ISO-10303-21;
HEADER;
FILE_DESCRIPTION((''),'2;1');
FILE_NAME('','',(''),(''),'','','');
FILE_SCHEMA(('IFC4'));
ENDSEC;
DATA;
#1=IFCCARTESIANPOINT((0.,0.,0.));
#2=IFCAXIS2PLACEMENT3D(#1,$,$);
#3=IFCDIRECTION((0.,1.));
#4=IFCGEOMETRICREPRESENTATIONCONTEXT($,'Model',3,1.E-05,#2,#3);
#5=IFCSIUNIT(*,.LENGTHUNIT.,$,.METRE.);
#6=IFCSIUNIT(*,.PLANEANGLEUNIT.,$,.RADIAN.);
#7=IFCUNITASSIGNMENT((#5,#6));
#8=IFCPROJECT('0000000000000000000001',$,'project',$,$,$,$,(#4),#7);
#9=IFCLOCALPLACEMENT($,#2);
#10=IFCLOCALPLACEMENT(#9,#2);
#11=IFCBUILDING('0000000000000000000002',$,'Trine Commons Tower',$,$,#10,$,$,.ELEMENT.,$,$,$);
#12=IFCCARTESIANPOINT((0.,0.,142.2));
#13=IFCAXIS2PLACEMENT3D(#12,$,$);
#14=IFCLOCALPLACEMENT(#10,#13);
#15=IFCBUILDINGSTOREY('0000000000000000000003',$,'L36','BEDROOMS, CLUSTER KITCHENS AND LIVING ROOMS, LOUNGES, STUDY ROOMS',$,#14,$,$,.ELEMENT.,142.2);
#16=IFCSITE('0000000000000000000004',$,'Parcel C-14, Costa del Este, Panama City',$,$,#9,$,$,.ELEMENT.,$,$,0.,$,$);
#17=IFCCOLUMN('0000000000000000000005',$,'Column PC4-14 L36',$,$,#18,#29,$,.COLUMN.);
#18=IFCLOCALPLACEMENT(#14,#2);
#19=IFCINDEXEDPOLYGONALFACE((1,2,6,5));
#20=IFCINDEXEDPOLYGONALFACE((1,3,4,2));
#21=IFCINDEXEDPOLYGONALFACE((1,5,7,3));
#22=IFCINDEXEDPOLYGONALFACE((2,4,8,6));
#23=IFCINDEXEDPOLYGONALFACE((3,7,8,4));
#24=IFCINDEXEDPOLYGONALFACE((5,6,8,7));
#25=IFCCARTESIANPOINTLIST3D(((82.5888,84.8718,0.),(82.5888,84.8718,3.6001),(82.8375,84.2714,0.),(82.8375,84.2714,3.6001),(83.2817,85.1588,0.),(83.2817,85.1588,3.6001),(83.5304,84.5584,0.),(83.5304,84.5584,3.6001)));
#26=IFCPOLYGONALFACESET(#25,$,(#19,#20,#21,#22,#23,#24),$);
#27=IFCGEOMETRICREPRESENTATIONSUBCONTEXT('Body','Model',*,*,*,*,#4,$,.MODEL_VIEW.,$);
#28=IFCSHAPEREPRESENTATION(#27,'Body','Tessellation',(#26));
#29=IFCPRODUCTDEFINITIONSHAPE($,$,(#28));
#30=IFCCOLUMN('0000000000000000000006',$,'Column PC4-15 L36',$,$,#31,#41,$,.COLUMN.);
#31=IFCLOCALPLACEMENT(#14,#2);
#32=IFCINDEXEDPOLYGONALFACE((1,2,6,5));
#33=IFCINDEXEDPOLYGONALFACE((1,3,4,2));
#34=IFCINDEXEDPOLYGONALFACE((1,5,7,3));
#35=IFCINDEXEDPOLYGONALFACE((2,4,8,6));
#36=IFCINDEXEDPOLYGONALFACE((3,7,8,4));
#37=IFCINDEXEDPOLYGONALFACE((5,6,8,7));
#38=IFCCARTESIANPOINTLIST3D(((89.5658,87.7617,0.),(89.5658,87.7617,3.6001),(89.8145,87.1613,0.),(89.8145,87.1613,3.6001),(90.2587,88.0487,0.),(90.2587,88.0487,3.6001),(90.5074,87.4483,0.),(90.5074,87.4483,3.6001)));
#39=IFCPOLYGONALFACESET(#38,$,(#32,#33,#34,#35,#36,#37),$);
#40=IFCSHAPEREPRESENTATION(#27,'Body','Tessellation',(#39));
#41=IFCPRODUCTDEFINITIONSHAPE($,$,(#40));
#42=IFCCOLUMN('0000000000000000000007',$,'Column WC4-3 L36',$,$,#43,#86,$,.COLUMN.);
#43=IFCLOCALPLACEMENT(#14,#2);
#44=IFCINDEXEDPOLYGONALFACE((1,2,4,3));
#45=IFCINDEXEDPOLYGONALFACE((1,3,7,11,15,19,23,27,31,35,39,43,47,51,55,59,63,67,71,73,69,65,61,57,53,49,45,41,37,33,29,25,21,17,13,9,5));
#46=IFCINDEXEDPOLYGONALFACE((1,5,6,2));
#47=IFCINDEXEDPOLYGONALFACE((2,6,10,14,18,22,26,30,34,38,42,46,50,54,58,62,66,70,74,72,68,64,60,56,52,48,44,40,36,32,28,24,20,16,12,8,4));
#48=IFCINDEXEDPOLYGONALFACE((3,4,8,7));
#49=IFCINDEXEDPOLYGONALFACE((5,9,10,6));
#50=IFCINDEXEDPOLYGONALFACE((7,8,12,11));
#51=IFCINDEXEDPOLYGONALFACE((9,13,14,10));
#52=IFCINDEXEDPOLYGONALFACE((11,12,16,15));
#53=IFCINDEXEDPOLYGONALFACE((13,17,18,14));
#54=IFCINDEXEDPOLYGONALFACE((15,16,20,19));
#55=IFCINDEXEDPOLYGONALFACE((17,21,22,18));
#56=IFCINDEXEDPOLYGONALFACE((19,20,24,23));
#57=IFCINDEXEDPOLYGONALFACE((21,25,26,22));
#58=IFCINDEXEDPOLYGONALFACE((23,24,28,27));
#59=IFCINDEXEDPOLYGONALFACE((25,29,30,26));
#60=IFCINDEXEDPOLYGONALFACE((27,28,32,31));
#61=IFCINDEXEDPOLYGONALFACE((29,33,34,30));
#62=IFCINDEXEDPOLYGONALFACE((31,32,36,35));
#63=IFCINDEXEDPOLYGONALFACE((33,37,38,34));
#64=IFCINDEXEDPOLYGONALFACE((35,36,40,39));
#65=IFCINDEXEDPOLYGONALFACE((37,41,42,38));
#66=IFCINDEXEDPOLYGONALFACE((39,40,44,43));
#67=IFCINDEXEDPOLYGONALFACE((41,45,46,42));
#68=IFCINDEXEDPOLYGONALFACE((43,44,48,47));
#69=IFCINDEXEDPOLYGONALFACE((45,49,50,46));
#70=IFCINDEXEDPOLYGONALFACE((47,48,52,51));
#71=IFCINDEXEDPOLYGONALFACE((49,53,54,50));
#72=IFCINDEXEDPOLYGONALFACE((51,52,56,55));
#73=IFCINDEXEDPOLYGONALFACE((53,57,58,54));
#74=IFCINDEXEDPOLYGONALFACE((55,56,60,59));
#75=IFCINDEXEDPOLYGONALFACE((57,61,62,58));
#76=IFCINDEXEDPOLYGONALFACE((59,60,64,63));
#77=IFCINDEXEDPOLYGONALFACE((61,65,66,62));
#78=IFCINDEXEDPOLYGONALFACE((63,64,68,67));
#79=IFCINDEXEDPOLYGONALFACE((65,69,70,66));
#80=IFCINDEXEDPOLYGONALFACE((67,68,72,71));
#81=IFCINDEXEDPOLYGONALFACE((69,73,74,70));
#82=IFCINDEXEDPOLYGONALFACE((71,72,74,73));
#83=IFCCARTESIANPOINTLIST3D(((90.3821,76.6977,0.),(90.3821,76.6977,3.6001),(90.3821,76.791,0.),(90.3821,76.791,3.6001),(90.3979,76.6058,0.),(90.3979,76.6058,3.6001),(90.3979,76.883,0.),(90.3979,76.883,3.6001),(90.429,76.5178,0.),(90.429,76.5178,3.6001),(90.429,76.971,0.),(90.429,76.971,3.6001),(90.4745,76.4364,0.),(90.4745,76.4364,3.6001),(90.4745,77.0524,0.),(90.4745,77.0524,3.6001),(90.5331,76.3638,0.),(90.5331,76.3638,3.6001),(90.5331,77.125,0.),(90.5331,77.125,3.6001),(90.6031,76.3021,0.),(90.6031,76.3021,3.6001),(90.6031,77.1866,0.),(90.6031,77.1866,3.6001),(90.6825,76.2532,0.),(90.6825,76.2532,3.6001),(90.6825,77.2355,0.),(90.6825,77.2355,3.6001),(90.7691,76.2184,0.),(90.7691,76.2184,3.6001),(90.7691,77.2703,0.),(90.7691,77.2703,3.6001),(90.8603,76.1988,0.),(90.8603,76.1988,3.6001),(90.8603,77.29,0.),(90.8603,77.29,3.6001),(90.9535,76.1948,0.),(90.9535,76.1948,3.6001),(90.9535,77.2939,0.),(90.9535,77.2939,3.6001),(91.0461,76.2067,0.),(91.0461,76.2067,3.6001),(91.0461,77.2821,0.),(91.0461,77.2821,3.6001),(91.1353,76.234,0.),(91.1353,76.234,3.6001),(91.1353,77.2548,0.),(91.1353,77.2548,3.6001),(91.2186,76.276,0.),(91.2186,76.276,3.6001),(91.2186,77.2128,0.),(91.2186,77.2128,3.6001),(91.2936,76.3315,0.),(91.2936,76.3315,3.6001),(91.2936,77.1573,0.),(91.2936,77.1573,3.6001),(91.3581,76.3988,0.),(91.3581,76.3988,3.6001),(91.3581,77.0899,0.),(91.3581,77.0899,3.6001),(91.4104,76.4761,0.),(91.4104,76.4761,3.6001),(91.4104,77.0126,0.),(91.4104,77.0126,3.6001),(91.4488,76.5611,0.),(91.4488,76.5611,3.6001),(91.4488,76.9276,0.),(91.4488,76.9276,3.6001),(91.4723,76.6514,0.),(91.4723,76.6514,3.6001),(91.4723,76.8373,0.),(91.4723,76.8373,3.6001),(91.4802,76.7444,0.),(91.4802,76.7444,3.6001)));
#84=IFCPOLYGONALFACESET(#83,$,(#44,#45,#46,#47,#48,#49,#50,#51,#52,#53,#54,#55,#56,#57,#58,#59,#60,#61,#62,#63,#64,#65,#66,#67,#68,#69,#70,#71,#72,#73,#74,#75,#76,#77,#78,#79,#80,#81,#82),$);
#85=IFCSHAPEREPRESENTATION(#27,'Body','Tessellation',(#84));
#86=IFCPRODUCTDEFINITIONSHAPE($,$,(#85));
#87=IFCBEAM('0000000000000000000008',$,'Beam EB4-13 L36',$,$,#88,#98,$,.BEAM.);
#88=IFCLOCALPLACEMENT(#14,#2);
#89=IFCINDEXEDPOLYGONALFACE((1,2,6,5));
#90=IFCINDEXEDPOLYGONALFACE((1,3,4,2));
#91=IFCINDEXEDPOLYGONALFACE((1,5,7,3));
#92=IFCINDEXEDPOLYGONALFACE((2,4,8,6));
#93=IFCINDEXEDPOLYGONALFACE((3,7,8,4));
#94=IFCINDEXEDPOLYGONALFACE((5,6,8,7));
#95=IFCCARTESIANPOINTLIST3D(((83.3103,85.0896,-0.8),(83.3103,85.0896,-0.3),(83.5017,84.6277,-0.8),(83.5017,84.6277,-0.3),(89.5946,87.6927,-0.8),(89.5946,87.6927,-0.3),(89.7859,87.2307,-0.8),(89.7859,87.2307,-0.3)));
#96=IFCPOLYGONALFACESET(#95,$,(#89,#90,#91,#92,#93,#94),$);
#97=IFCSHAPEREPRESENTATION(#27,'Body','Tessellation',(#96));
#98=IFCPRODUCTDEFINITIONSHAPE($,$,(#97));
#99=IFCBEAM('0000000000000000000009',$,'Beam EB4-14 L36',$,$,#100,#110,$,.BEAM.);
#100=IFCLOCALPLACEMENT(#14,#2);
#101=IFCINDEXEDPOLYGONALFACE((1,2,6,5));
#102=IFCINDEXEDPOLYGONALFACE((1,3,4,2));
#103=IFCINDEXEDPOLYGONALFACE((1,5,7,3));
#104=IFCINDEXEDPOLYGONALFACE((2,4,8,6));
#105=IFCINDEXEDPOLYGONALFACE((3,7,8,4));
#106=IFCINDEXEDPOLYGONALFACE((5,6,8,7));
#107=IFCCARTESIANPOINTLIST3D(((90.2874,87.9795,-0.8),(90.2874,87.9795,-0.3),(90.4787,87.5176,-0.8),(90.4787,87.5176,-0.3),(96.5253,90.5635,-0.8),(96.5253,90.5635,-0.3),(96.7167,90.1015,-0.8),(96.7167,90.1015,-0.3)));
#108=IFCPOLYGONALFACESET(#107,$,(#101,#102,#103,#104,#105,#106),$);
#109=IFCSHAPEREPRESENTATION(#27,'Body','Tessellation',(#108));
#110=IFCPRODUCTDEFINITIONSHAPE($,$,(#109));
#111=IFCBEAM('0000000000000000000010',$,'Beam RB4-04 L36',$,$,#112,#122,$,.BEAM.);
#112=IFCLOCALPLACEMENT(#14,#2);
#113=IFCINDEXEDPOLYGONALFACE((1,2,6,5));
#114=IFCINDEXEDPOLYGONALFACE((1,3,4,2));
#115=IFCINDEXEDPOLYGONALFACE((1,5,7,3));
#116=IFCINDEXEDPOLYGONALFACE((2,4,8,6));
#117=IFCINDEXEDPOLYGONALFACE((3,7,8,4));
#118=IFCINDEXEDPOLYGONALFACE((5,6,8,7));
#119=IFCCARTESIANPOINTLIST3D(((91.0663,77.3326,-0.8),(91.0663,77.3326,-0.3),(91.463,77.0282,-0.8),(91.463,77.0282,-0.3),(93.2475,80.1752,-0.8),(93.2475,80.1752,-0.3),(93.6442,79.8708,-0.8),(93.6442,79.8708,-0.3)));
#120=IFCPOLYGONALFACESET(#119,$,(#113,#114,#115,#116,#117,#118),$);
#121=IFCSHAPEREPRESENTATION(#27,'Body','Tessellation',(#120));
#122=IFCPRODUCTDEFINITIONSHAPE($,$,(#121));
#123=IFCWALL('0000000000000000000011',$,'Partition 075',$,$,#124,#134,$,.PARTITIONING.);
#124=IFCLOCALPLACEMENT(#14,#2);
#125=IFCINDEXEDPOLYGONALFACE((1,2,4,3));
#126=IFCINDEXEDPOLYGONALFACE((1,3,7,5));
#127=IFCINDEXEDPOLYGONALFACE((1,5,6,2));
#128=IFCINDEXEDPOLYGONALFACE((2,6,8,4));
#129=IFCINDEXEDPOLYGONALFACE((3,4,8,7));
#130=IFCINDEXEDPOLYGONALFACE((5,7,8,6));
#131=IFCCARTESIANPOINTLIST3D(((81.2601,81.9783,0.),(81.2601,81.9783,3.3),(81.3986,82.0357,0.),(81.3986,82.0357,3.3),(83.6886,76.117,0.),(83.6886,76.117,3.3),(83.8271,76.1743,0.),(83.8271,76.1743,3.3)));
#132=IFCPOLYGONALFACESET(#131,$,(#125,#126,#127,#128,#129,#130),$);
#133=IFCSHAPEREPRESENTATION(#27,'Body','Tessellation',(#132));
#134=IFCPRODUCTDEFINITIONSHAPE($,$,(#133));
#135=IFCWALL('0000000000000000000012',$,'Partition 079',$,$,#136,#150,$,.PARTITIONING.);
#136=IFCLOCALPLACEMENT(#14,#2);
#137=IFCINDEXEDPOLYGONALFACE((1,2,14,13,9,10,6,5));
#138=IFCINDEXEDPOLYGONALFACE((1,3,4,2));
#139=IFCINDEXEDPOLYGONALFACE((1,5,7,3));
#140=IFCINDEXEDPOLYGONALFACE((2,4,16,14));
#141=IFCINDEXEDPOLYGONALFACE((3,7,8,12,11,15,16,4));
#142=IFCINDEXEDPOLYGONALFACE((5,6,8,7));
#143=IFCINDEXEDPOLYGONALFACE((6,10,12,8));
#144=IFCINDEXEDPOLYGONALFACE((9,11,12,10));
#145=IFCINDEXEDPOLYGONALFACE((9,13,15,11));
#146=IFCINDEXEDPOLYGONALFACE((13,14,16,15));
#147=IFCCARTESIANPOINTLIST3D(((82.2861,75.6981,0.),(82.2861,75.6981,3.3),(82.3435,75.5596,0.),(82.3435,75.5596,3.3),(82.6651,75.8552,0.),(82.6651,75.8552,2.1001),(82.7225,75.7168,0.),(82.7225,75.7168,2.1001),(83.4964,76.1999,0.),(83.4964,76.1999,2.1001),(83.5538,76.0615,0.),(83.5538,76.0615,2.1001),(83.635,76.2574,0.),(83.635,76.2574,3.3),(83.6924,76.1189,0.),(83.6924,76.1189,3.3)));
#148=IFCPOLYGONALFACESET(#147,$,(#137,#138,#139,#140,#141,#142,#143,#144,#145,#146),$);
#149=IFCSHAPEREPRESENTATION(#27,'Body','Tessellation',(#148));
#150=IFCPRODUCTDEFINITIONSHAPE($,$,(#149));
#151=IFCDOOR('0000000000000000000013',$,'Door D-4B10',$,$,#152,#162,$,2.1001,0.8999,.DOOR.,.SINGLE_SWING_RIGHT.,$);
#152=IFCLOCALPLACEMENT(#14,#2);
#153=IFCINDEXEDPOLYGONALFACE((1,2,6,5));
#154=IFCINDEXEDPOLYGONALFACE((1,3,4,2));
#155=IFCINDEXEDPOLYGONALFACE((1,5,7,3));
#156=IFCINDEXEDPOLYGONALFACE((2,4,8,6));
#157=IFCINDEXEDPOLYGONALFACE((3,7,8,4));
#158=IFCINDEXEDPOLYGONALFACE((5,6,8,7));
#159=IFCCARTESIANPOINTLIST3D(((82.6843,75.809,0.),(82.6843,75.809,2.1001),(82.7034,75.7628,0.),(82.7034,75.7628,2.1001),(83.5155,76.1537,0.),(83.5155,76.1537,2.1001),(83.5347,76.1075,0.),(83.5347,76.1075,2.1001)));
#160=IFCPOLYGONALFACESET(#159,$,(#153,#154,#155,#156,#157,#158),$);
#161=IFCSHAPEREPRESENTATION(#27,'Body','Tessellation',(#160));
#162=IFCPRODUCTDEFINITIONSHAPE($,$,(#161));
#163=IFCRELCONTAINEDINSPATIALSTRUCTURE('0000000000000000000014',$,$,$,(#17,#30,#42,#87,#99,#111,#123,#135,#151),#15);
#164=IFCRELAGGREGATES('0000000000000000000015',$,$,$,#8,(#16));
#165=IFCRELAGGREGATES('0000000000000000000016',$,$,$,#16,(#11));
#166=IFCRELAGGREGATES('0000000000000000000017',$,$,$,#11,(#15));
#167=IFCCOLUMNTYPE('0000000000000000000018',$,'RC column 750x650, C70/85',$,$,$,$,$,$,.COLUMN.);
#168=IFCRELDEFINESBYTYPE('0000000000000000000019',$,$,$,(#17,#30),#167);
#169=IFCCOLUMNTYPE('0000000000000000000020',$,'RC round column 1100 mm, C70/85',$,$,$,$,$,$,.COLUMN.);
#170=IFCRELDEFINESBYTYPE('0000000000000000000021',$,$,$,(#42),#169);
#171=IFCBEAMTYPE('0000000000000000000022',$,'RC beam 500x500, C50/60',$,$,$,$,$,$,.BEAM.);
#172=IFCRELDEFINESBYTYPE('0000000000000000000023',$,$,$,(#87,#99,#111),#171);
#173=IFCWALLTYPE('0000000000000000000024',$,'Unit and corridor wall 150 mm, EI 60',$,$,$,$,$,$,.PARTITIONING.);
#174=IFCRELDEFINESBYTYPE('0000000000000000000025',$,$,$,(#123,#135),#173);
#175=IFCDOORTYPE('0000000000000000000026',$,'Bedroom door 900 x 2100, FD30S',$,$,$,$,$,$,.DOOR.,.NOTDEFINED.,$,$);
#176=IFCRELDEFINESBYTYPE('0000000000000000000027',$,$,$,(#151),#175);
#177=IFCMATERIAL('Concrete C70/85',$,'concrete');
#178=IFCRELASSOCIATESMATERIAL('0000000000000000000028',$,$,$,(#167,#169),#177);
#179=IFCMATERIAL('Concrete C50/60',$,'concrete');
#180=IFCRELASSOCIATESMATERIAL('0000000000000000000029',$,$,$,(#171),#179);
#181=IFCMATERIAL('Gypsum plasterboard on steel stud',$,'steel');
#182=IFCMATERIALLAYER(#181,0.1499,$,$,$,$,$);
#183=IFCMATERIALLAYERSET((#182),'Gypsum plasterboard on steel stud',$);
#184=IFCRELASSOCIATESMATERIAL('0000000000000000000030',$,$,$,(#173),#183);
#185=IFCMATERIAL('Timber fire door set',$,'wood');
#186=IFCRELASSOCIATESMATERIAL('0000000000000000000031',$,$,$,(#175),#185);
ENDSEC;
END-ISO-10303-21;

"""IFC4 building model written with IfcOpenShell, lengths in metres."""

from ifc_helpers import new_model, si_unit, direction, frame, frame_2d, origin, origin_2d, place, context, subcontext, project, spatial, rectangle, circle, extrude, material, layer, layer_set, material_profile, profile_set, type_object, element, fill, save


model = new_model("IFC4")

# Units and contexts
model_context = context("Model", 3, precision=1e-05, world=origin(), true_north=direction((0.0, 1.0)))
body_context = subcontext(model_context, "Body", "Model", "MODEL_VIEW")
ifc_project = project(units=[si_unit("LENGTHUNIT", "METRE"), si_unit("PLANEANGLEUNIT", "RADIAN")], contexts=[model_context])

# Site, building, storey
site_placement = place(None, origin())
site = spatial("IfcSite", under=ifc_project, at=site_placement, Name="Parcel C-14, Costa del Este, Panama City", CompositionType="ELEMENT", RefElevation=0.0)
building_placement = place(site_placement, origin())
building = spatial("IfcBuilding", under=site, at=building_placement, Name="Trine Commons Tower", CompositionType="ELEMENT")
storey_placement = place(building_placement, frame((0.0, 0.0, 142.2)))
storey = spatial("IfcBuildingStorey", under=building, at=storey_placement, Name="L36", Description="BEDROOMS, CLUSTER KITCHENS AND LIVING ROOMS, LOUNGES, STUDY ROOMS", CompositionType="ELEMENT", Elevation=142.2)

# Columns
ifc_material_1 = material(Name="Concrete C70/85", Category="concrete")
ifc_material_profile_1 = material_profile(ifc_material_1, rectangle(XDim=0.75, YDim=0.6499, at=origin_2d()), Name="RC 750x650")
ifc_profile_set_1 = profile_set([ifc_material_profile_1], Name="Concrete C70/85")
column_type_1 = type_object("IfcColumnType", Name="RC column 750x650, C70/85", PredefinedType="COLUMN", material=ifc_profile_set_1)
for number, where, z_axis, x_axis, name in (
    (1, (83.0596, 84.7151, 0.0), (0.0, 0.0, 1.0), (0.92388, 0.382683, 0.0), "Column PC4-14 L36"),
    (2, (90.0366, 87.605, 0.0), (0.0, 0.0, 1.0), (0.92388, 0.382683, 0.0), "Column PC4-15 L36"),
):
    element("IfcColumn", number, at=place(storey_placement, frame(where, z_axis=z_axis, x_axis=x_axis)), inside=storey, type_object=column_type_1, Name=name, PredefinedType="COLUMN", context=body_context, shape_type="SweptSolid", body=[
        extrude(rectangle(XDim=0.75, YDim=0.6499, at=origin_2d()), origin(), (0.0, 0.0, 1.0), 3.6001),
    ])
ifc_material_profile_2 = material_profile(ifc_material_1, circle(Radius=0.55, at=origin_2d()), Name="RC round 1100")
ifc_profile_set_2 = profile_set([ifc_material_profile_2], Name="Concrete C70/85")
column_type_2 = type_object("IfcColumnType", Name="RC round column 1100 mm, C70/85", PredefinedType="COLUMN", material=ifc_profile_set_2)
column_placement = place(storey_placement, frame((90.9302, 76.7444, 0.0), z_axis=(0.0, 0.0, 1.0), x_axis=(1.0, 0.0, 0.0)))
element("IfcColumn", 3, at=column_placement, inside=storey, type_object=column_type_2, Name="Column WC4-3 L36", PredefinedType="COLUMN", context=body_context, shape_type="SweptSolid", body=[
    extrude(circle(Radius=0.55, at=origin_2d()), origin(), (0.0, 0.0, 1.0), 3.6001),
])

# Beams
ifc_material_2 = material(Name="Concrete C50/60", Category="concrete")
ifc_material_profile_3 = material_profile(ifc_material_2, rectangle(XDim=0.5, YDim=0.5, at=origin_2d()), Name="RC 500x500")
ifc_profile_set_3 = profile_set([ifc_material_profile_3], Name="Concrete C50/60")
beam_type = type_object("IfcBeamType", Name="RC beam 500x500, C50/60", PredefinedType="BEAM", material=ifc_profile_set_3)
beam_1_placement = place(storey_placement, frame((83.406, 84.8586, -0.55), z_axis=(0.923878, 0.382688, 0.0), x_axis=(-0.382688, 0.923878, 0.0)))
element("IfcBeam", 4, at=beam_1_placement, inside=storey, type_object=beam_type, Name="Beam EB4-13 L36", PredefinedType="BEAM", context=body_context, shape_type="SweptSolid", body=[
    extrude(rectangle(XDim=0.5, YDim=0.5, at=origin_2d()), origin(), (0.0, 0.0, 1.0), 6.802),
])
beam_2_placement = place(storey_placement, frame((90.3831, 87.7485, -0.55), z_axis=(0.923874, 0.382697, 0.0), x_axis=(-0.382697, 0.923874, 0.0)))
element("IfcBeam", 5, at=beam_2_placement, inside=storey, type_object=beam_type, Name="Beam EB4-14 L36", PredefinedType="BEAM", context=body_context, shape_type="SweptSolid", body=[
    extrude(rectangle(XDim=0.5, YDim=0.5, at=origin_2d()), origin(), (0.0, 0.0, 1.0), 6.752),
])
beam_3_placement = place(storey_placement, frame((91.2646, 77.1804, -0.55), z_axis=(0.608762, 0.793353, 0.0), x_axis=(-0.793353, 0.608762, 0.0)))
element("IfcBeam", 6, at=beam_3_placement, inside=storey, type_object=beam_type, Name="Beam RB4-04 L36", PredefinedType="BEAM", context=body_context, shape_type="SweptSolid", body=[
    extrude(rectangle(XDim=0.5, YDim=0.5, at=origin_2d()), origin(), (0.0, 0.0, 1.0), 3.583),
])

# Wall
ifc_material_3 = material(Name="Gypsum plasterboard on steel stud", Category="steel")
ifc_layer_1 = layer(ifc_material_3, 0.1499)
ifc_layer_set_1 = layer_set([ifc_layer_1], Name="Gypsum plasterboard on steel stud")
wall_type_1 = type_object("IfcWallType", Name="Unit and corridor wall 150 mm, EI 60", PredefinedType="PARTITIONING", material=ifc_layer_set_1)
wall_1_placement = place(storey_placement, frame((81.3293, 82.0071, 0.0), z_axis=(0.0, 0.0, 1.0), x_axis=(0.382768, -0.923845, 0.0)))
element("IfcWall", 7, at=wall_1_placement, inside=storey, type_object=wall_type_1, Name="Partition 075", PredefinedType="PARTITIONING", context=body_context, shape_type="SweptSolid", body=[
    extrude(rectangle(XDim=6.3445, YDim=0.1499, at=frame_2d((3.1724, 0.0))), origin(), (0.0, 0.0, 1.0), 3.3),
])

# Wall, opening, door
wall_2_placement = place(storey_placement, frame((82.3149, 75.6289, 0.0), z_axis=(0.0, 0.0, 1.0), x_axis=(0.923733, 0.383036, 0.0)))
wall_2 = element("IfcWall", 8, at=wall_2_placement, inside=storey, type_object=wall_type_1, Name="Partition 079", PredefinedType="PARTITIONING", context=body_context, shape_type="SweptSolid", body=[
    extrude(rectangle(XDim=1.4602, YDim=0.1499, at=frame_2d((0.73, 0.0))), origin(), (0.0, 0.0, 1.0), 3.3),
])
opening_1_placement = place(wall_2_placement, frame((0.4102, 0.0, 0.0)))
opening_1 = element("IfcOpeningElement", 9, at=opening_1_placement, cuts=wall_2, PredefinedType="OPENING", context=body_context, shape_type="SweptSolid", body=[
    extrude(rectangle(XDim=0.8999, YDim=2.1001, at=frame_2d((0.45, 1.05))), frame((0.0, 0.085, 0.0), z_axis=(0.0, -1.0, 0.0), x_axis=(1.0, 0.0, 0.0)), (0.0, 0.0, 1.0), 0.1699),
])
ifc_material_4 = material(Name="Timber fire door set", Category="wood")
door_type_1 = type_object("IfcDoorType", Name="Bedroom door 900 x 2100, FD30S", OperationType="NOTDEFINED", PredefinedType="DOOR", material=ifc_material_4)
door_1_placement = place(opening_1_placement, origin())
door_1 = element("IfcDoor", 10, at=door_1_placement, inside=storey, type_object=door_type_1, Name="Door D-4B10", OperationType="SINGLE_SWING_RIGHT", OverallHeight=2.1001, OverallWidth=0.8999, PredefinedType="DOOR", context=body_context, shape_type="SweptSolid", body=[
    extrude(rectangle(XDim=0.8999, YDim=2.1001, at=frame_2d((0.45, 1.05))), frame((0.0, 0.0249, 0.0), z_axis=(0.0, -1.0, 0.0), x_axis=(1.0, 0.0, 0.0)), (0.0, 0.0, 1.0), 0.05),
])
fill(opening_1, door_1)

save(model, "model.ifc")
